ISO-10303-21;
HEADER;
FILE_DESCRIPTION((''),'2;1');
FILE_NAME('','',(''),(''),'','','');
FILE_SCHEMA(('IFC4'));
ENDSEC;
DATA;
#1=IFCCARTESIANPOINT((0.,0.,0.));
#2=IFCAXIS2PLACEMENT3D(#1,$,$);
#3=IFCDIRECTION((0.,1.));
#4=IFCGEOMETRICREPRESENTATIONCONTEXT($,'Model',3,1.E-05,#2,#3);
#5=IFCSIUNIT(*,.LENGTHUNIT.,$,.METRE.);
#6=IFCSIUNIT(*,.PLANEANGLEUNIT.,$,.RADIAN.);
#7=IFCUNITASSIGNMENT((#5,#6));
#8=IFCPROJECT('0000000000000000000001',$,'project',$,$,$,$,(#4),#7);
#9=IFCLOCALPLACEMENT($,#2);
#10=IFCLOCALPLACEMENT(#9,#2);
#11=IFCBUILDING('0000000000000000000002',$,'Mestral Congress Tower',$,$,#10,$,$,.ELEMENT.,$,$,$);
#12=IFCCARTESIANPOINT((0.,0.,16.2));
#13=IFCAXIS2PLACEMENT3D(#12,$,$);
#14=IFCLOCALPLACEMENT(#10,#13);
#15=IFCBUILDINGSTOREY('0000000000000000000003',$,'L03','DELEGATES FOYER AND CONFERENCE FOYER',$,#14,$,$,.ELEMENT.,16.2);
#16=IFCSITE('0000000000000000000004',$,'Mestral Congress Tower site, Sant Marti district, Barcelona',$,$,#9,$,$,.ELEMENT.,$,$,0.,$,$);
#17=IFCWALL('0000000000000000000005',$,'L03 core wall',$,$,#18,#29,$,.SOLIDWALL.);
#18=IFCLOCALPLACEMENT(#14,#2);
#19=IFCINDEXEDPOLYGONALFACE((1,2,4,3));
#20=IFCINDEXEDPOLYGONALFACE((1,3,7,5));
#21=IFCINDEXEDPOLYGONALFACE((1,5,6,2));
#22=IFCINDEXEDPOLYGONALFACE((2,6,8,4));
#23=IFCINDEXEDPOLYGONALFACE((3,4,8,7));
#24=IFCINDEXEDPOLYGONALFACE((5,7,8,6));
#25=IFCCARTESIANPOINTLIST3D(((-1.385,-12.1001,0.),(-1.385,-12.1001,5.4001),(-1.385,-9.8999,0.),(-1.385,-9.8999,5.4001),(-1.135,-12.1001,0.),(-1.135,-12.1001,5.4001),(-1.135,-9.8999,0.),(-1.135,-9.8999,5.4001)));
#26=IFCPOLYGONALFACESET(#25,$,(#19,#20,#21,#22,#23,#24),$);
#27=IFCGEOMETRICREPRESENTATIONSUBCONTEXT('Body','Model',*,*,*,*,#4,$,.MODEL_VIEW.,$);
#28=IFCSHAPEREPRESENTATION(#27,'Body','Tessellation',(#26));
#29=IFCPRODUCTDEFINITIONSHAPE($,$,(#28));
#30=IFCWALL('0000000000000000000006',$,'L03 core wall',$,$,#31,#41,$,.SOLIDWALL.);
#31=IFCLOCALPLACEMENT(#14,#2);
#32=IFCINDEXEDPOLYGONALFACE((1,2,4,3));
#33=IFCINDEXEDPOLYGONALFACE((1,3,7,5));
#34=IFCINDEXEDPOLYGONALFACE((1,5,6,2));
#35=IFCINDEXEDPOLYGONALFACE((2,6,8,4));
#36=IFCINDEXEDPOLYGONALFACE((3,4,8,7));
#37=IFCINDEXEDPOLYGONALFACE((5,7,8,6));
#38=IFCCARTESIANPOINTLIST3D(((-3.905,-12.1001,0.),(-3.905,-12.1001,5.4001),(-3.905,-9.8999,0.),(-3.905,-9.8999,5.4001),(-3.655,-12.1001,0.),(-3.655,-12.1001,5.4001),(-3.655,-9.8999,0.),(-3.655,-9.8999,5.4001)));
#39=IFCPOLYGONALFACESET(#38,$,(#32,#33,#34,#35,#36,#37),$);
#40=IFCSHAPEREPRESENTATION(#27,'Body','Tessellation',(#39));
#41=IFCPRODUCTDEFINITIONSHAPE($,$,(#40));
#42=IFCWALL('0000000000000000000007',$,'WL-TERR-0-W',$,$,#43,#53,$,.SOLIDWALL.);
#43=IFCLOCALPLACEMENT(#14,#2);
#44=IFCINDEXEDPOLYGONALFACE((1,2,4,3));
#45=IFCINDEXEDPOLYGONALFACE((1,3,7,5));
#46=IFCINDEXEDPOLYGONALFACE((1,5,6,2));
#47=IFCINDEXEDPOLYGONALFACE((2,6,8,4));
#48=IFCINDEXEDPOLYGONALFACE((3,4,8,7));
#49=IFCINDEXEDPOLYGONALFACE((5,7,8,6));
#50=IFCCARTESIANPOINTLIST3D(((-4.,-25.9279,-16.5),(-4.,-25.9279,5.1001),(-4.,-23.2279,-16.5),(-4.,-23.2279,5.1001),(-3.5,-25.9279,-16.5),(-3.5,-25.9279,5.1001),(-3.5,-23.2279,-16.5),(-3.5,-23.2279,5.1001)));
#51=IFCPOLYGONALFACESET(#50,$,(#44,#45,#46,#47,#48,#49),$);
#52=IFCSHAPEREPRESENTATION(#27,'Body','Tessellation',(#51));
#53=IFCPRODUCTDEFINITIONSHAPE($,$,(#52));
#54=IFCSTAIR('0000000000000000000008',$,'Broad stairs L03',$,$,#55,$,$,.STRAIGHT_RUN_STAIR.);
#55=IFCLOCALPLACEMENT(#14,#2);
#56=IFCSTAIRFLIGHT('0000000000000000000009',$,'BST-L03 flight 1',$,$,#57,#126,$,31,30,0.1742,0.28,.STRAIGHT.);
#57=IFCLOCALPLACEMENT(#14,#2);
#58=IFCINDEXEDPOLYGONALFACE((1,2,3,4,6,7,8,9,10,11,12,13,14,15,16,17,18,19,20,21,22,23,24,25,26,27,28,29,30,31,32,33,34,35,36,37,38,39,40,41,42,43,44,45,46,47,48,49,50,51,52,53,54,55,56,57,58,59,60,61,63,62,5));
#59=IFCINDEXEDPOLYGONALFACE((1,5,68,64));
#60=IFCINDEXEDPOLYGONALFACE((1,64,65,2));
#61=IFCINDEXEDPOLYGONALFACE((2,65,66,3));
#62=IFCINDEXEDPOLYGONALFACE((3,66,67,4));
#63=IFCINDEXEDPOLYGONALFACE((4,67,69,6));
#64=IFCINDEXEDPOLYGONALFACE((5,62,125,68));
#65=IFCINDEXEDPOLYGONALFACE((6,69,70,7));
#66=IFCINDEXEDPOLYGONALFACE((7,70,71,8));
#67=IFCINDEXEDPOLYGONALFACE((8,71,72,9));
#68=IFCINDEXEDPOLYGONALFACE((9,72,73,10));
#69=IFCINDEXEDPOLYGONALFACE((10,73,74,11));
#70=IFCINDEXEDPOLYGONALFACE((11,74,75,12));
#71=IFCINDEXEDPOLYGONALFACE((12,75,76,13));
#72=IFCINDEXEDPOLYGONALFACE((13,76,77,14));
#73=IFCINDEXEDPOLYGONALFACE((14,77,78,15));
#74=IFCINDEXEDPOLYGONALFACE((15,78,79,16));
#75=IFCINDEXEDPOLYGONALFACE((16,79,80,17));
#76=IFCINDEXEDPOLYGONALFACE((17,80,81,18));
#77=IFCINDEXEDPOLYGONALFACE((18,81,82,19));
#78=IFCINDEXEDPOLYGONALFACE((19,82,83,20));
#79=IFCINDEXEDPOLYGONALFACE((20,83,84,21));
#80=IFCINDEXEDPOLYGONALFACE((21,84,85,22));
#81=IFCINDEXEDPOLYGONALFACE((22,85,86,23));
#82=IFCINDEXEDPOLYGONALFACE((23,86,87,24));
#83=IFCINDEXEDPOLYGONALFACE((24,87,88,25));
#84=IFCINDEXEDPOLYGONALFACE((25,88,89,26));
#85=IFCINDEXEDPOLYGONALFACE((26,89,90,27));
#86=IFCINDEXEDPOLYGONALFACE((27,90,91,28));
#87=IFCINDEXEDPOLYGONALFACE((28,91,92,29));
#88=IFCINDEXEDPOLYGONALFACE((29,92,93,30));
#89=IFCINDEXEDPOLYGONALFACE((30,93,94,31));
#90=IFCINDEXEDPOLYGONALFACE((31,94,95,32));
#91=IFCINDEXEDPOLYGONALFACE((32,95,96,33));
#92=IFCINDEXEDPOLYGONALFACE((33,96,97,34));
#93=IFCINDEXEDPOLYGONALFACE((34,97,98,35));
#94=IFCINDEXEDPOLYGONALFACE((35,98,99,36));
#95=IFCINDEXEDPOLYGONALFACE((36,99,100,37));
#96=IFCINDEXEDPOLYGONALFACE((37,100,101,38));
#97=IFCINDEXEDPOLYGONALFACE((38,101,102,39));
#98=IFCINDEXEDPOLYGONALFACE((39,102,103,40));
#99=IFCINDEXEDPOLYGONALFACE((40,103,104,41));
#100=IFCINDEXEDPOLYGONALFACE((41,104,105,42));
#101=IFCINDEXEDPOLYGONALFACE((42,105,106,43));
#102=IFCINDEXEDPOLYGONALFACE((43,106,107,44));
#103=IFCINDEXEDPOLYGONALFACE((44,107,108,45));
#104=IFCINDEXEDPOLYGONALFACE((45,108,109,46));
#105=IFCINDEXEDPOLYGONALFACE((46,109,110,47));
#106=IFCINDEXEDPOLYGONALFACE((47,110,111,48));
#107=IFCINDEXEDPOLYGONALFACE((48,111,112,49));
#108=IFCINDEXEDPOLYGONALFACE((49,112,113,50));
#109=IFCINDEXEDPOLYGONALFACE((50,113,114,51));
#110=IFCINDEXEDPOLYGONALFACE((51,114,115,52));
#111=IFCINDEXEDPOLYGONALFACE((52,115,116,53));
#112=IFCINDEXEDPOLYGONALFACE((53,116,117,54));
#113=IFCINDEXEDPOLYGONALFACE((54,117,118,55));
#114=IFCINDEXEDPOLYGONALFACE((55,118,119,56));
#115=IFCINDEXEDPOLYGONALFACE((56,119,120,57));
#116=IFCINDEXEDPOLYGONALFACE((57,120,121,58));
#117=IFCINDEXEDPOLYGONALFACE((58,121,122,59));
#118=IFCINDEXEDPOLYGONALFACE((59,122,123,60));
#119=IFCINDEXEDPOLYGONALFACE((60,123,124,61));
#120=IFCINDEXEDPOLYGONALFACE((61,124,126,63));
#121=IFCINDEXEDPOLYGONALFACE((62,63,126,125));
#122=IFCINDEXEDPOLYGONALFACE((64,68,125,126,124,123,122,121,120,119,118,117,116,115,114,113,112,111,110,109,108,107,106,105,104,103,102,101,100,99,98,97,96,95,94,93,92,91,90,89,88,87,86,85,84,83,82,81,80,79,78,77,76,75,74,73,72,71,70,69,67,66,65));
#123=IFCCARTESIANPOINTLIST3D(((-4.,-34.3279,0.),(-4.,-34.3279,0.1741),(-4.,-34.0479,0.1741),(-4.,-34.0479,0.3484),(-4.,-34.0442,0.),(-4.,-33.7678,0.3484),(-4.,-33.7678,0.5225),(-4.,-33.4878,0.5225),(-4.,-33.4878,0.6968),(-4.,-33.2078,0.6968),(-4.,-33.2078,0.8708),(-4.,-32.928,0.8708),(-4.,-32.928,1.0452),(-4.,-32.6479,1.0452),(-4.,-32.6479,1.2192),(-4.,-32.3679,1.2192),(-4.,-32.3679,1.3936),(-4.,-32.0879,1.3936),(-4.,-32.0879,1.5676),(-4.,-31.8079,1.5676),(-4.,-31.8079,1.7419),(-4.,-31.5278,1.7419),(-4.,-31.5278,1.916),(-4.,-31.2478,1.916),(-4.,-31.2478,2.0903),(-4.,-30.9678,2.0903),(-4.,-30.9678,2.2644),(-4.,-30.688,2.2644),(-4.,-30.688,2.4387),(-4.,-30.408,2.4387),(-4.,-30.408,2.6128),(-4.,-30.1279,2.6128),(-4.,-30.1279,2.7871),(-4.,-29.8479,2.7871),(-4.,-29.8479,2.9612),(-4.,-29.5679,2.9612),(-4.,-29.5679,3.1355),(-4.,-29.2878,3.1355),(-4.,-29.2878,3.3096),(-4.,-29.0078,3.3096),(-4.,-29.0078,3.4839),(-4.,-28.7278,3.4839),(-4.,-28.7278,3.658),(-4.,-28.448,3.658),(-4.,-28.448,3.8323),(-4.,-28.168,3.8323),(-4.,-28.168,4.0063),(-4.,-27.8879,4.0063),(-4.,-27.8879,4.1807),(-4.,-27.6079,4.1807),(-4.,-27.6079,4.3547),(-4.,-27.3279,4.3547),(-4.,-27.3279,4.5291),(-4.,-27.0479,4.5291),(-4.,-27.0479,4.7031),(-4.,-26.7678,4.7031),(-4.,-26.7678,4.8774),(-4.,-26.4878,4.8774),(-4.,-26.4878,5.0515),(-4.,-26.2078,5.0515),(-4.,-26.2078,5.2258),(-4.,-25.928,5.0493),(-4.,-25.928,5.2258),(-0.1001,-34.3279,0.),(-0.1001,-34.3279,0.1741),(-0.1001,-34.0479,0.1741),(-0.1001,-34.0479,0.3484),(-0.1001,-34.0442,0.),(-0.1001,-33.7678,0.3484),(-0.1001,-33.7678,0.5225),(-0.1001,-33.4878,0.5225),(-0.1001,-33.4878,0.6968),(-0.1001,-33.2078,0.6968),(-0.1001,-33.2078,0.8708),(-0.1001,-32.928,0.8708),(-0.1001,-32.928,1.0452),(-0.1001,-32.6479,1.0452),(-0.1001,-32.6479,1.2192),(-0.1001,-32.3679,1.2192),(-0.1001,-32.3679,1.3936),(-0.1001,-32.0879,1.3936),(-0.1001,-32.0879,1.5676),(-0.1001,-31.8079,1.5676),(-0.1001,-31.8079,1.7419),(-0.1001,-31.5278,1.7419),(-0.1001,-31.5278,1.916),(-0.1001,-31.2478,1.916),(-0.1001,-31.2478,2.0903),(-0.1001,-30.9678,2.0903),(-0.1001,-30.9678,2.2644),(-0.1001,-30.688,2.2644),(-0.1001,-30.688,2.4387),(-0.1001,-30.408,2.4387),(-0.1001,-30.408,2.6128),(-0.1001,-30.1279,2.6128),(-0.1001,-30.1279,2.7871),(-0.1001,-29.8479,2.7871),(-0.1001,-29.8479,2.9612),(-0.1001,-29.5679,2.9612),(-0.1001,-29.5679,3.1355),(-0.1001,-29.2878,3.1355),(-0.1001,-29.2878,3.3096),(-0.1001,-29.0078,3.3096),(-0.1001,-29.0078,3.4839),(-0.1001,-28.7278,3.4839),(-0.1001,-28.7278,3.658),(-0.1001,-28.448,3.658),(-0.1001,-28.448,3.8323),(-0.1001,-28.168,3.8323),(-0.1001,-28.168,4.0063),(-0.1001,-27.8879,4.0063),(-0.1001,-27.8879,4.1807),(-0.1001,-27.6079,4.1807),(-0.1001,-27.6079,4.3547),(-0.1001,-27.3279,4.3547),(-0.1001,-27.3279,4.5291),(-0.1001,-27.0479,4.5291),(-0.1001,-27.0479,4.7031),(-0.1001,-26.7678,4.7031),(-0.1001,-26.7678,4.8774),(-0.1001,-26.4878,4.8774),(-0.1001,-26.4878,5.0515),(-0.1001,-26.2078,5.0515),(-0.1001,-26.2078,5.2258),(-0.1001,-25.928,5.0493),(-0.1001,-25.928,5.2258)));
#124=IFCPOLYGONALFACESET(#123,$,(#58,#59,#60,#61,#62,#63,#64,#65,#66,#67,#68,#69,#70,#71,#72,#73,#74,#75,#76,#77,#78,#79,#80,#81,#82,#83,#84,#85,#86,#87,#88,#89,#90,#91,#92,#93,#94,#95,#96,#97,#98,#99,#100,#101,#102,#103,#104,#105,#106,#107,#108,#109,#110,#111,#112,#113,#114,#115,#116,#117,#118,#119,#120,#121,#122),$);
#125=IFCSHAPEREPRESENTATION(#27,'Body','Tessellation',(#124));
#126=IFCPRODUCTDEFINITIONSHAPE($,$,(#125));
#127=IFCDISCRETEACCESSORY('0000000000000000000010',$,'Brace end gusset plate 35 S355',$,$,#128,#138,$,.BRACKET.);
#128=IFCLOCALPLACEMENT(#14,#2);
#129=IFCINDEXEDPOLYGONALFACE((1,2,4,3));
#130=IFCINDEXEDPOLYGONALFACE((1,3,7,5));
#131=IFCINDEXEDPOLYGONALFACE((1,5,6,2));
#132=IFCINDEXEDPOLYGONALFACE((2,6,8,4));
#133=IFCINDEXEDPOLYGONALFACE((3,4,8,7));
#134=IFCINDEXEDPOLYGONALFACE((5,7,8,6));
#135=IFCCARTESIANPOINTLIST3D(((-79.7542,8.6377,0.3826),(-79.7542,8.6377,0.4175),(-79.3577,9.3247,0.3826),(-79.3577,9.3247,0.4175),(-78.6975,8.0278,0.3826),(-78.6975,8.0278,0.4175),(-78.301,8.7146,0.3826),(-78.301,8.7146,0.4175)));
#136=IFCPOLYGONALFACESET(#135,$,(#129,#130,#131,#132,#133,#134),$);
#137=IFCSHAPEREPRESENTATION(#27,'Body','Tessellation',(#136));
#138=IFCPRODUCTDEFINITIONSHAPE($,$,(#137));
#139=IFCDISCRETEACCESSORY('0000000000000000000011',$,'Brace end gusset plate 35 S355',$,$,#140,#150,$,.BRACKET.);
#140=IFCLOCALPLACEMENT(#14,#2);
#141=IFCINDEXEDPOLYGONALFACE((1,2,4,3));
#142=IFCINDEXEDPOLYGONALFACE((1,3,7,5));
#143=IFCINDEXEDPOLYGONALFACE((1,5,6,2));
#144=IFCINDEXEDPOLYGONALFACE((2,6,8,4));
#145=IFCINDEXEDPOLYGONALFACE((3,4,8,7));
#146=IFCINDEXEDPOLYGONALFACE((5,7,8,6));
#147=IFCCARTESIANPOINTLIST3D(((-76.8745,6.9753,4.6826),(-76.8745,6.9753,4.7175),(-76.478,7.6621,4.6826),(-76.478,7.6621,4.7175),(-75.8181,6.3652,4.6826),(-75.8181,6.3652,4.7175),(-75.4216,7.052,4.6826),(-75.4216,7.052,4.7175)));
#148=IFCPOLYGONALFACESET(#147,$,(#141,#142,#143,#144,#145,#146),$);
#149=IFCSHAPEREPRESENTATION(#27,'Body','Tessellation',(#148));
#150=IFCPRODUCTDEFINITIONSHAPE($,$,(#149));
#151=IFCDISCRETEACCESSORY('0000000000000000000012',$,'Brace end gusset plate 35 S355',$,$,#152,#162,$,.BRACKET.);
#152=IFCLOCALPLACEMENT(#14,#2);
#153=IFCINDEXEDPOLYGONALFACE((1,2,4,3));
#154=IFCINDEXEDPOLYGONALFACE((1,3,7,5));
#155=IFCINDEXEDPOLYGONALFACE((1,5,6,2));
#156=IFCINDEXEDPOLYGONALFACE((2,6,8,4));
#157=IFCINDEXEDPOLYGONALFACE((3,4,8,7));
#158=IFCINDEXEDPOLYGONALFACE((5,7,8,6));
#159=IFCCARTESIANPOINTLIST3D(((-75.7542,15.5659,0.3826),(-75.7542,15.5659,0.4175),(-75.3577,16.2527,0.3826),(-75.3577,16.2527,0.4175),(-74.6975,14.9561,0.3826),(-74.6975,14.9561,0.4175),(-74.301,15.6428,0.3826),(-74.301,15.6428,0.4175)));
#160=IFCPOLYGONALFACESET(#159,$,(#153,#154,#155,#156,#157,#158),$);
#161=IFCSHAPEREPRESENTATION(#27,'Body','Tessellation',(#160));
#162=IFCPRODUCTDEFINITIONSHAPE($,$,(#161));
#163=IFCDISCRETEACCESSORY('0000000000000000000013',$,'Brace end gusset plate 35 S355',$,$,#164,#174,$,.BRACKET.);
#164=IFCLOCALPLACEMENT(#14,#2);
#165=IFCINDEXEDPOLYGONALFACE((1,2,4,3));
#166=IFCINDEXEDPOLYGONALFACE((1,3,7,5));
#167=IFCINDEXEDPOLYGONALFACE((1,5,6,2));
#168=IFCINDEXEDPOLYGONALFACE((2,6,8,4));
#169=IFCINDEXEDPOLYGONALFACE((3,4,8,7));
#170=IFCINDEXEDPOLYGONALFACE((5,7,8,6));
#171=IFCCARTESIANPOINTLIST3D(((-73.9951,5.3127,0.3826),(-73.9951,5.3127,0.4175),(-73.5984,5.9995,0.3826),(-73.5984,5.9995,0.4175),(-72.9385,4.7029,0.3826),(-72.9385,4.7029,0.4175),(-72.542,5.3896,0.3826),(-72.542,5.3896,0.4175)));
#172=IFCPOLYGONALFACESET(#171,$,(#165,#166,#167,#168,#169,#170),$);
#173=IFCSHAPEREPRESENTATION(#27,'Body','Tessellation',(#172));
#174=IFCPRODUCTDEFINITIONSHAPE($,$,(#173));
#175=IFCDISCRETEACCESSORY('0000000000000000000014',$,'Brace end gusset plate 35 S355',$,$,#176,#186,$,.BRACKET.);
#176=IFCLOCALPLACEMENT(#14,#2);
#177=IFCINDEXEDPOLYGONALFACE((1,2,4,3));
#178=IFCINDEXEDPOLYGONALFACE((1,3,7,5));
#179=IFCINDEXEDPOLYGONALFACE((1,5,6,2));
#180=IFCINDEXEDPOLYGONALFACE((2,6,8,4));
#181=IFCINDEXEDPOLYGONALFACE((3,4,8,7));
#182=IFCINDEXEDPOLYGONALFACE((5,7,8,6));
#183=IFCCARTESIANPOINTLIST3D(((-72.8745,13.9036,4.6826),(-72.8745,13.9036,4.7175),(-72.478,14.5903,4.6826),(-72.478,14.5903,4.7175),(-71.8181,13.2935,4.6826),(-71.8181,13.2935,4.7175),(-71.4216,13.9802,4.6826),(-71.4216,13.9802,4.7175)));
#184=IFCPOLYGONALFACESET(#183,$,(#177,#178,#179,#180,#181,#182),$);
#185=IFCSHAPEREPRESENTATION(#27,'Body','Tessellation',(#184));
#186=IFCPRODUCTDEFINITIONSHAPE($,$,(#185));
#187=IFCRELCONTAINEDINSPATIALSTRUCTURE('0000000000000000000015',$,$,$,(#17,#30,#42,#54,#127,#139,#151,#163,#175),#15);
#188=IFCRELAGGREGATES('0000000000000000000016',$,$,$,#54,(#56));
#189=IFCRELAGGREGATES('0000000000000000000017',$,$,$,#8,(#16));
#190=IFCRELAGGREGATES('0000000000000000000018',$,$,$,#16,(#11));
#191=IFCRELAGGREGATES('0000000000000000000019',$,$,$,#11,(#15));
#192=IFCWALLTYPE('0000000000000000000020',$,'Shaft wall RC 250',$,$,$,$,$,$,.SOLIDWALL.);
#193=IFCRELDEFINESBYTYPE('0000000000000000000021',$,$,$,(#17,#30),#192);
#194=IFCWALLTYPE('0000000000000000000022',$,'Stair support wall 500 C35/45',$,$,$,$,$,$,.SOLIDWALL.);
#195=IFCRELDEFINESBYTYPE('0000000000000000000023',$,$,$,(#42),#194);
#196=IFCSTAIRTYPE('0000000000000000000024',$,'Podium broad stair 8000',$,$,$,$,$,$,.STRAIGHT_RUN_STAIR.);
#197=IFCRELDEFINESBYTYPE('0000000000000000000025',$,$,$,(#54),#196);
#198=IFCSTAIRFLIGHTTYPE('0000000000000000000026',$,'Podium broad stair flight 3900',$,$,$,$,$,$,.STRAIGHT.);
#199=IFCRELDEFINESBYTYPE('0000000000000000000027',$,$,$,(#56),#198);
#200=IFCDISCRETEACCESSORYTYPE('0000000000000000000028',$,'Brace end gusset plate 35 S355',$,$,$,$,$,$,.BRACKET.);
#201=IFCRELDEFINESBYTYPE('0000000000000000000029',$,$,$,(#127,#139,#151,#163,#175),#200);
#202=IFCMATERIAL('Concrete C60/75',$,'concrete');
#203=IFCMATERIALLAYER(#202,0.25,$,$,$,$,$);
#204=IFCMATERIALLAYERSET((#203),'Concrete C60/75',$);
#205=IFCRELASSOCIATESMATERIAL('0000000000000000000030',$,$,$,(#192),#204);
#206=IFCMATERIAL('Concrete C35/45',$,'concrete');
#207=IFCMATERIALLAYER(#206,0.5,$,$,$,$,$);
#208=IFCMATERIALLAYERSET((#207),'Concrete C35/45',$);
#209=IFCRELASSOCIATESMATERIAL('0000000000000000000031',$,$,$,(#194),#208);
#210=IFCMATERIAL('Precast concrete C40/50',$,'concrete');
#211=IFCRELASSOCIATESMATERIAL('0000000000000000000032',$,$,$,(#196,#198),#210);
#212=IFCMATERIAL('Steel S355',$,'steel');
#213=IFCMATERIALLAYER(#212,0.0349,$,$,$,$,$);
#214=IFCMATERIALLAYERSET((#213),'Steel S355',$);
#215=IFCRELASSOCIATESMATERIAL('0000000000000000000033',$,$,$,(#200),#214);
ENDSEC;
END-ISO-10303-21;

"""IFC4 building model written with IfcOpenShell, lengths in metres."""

from ifc_helpers import new_model, si_unit, direction, frame, frame_2d, origin, place, context, subcontext, project, spatial, polyline, rectangle, outline, extrude, material, layer, layer_set, type_object, element, aggregate, save


model = new_model("IFC4")

# Units and contexts
model_context = context("Model", 3, precision=1e-05, world=origin(), true_north=direction((0.0, 1.0)))
body_context = subcontext(model_context, "Body", "Model", "MODEL_VIEW")
ifc_project = project(units=[si_unit("LENGTHUNIT", "METRE"), si_unit("PLANEANGLEUNIT", "RADIAN")], contexts=[model_context])

# Site, building, storey
site_placement = place(None, origin())
site = spatial("IfcSite", under=ifc_project, at=site_placement, Name="Mestral Congress Tower site, Sant Marti district, Barcelona", CompositionType="ELEMENT", RefElevation=0.0)
building_placement = place(site_placement, origin())
building = spatial("IfcBuilding", under=site, at=building_placement, Name="Mestral Congress Tower", CompositionType="ELEMENT")
storey_placement = place(building_placement, frame((0.0, 0.0, 16.2)))
storey = spatial("IfcBuildingStorey", under=building, at=storey_placement, Name="L03", Description="DELEGATES FOYER AND CONFERENCE FOYER", CompositionType="ELEMENT", Elevation=16.2)

# Shared definitions
ifc_material_1 = material(Name="Steel S355", Category="steel")

# Shared definitions
ifc_material_2 = material(Name="Concrete C35/45", Category="concrete")

# Walls
ifc_material_3 = material(Name="Concrete C60/75", Category="concrete")
ifc_layer_1 = layer(ifc_material_3, 0.25)
ifc_layer_set_1 = layer_set([ifc_layer_1], Name="Concrete C60/75")
wall_type_1 = type_object("IfcWallType", Name="Shaft wall RC 250", PredefinedType="SOLIDWALL", material=ifc_layer_set_1)
for number, where, z_axis, x_axis, name in (
    (1, (-1.26, -9.8999, 0.0), (0.0, 0.0, 1.0), (0.0, -1.0, 0.0), "L03 core wall"),
    (2, (-3.78, -9.8999, 0.0), (0.0, 0.0, 1.0), (0.0, -1.0, 0.0), "L03 core wall"),
):
    element("IfcWall", number, at=place(storey_placement, frame(where, z_axis=z_axis, x_axis=x_axis)), inside=storey, type_object=wall_type_1, Name=name, PredefinedType="SOLIDWALL", context=body_context, shape_type="SweptSolid", body=[
        extrude(rectangle(XDim=2.2002, YDim=0.25, at=frame_2d((1.1001, 0.0))), origin(), (0.0, 0.0, 1.0), 5.4001),
    ])
ifc_layer_2 = layer(ifc_material_2, 0.5)
ifc_layer_set_2 = layer_set([ifc_layer_2], Name="Concrete C35/45")
wall_type_2 = type_object("IfcWallType", Name="Stair support wall 500 C35/45", PredefinedType="SOLIDWALL", material=ifc_layer_set_2)
wall_1_placement = place(storey_placement, frame((-3.75, -25.928, -16.5), z_axis=(0.0, 0.0, 1.0), x_axis=(0.0, 1.0, 0.0)))
element("IfcWall", 3, at=wall_1_placement, inside=storey, type_object=wall_type_2, Name="WL-TERR-0-W", PredefinedType="SOLIDWALL", context=body_context, shape_type="SweptSolid", body=[
    extrude(rectangle(XDim=2.7, YDim=0.5, at=frame_2d((1.3501, 0.0))), origin(), (0.0, 0.0, 1.0), 21.6001),
])

# Stair, stair flight
ifc_material_4 = material(Name="Precast concrete C40/50", Category="concrete")
stair_type = type_object("IfcStairType", Name="Podium broad stair 8000", PredefinedType="STRAIGHT_RUN_STAIR", material=ifc_material_4)
stair_placement = place(storey_placement, origin())
stair = element("IfcStair", 4, at=stair_placement, inside=storey, type_object=stair_type, Name="Broad stairs L03", PredefinedType="STRAIGHT_RUN_STAIR")
stair_flight_type = type_object("IfcStairFlightType", Name="Podium broad stair flight 3900", PredefinedType="STRAIGHT", material=ifc_material_4)
stair_flight_placement = place(storey_placement, frame((-2.05, -34.3279, 0.0), z_axis=(0.0, 0.0, 1.0), x_axis=(0.0, 1.0, 0.0)))
stair_flight = element("IfcStairFlight", 5, at=stair_flight_placement, type_object=stair_flight_type, Name="BST-L03 flight 1", NumberOfRisers=31, NumberOfTreads=30, PredefinedType="STRAIGHT", RiserHeight=0.1742, TreadLength=0.28, context=body_context, shape_type="SweptSolid", body=[
    extrude(outline(polyline([(0.0, 0.0), (0.0, 0.1741), (0.28, 0.1741), (0.28, 0.3484), (0.5601, 0.3484), (0.5601, 0.5225), (0.8401, 0.5225), (0.8401, 0.6968), (1.1201, 0.6968), (1.1201, 0.8708), (1.3999, 0.8708), (1.3999, 1.0452), (1.6799, 1.0452), (1.6799, 1.2192), (1.96, 1.2192), (1.96, 1.3936), (2.24, 1.3936), (2.24, 1.5676), (2.52, 1.5676), (2.52, 1.7419), (2.8, 1.7419), (2.8, 1.916), (3.0801, 1.916), (3.0801, 2.0903), (3.3601, 2.0903), (3.3601, 2.2644), (3.6399, 2.2644), (3.6399, 2.4387), (3.9199, 2.4387), (3.9199, 2.6128), (4.2, 2.6128), (4.2, 2.7871), (4.48, 2.7871), (4.48, 2.9612), (4.76, 2.9612), (4.76, 3.1355), (5.04, 3.1355), (5.04, 3.3096), (5.3201, 3.3096), (5.3201, 3.4839), (5.6001, 3.4839), (5.6001, 3.658), (5.8799, 3.658), (5.8799, 3.8323), (6.1599, 3.8323), (6.1599, 4.0063), (6.4399, 4.0063), (6.4399, 4.1807), (6.72, 4.1807), (6.72, 4.3547), (7.0, 4.3547), (7.0, 4.5291), (7.28, 4.5291), (7.28, 4.7031), (7.5601, 4.7031), (7.5601, 4.8774), (7.8401, 4.8774), (7.8401, 5.0515), (8.1201, 5.0515), (8.1201, 5.2258), (8.3999, 5.2258), (8.3999, 5.3999), (8.3999, 5.0493), (0.2837, 0.0), (0.0, 0.0)])), frame((0.0, 1.95, 0.0), z_axis=(0.0, -1.0, 0.0), x_axis=(1.0, 0.0, 0.0)), (0.0, 0.0, 1.0), 3.8999),
])
aggregate(stair, [stair_flight])

# Discrete accessories
ifc_layer_3 = layer(ifc_material_1, 0.0349)
ifc_layer_set_3 = layer_set([ifc_layer_3], Name="Steel S355")
discrete_accessory_type = type_object("IfcDiscreteAccessoryType", Name="Brace end gusset plate 35 S355", PredefinedType="BRACKET", material=ifc_layer_set_3)
placement_1 = place(storey_placement, frame((0.0, 0.0, 0.3826)))
element("IfcDiscreteAccessory", 6, at=placement_1, inside=storey, type_object=discrete_accessory_type, Name="Brace end gusset plate 35 S355", PredefinedType="BRACKET", context=body_context, shape_type="SweptSolid", body=[
    extrude(outline(polyline([(-79.7542, 8.6377), (-78.6975, 8.0278), (-78.301, 8.7146), (-79.3577, 9.3247), (-79.7542, 8.6377)])), origin(), (0.0, 0.0, 1.0), 0.0349),
])
placement_2 = place(storey_placement, frame((0.0, 0.0, 4.6826)))
element("IfcDiscreteAccessory", 7, at=placement_2, inside=storey, type_object=discrete_accessory_type, Name="Brace end gusset plate 35 S355", PredefinedType="BRACKET", context=body_context, shape_type="SweptSolid", body=[
    extrude(outline(polyline([(-76.8745, 6.9753), (-75.8181, 6.3652), (-75.4216, 7.052), (-76.478, 7.6621), (-76.8745, 6.9753)])), origin(), (0.0, 0.0, 1.0), 0.0349),
])
element("IfcDiscreteAccessory", 8, at=placement_1, inside=storey, type_object=discrete_accessory_type, Name="Brace end gusset plate 35 S355", PredefinedType="BRACKET", context=body_context, shape_type="SweptSolid", body=[
    extrude(outline(polyline([(-75.7542, 15.5659), (-74.6975, 14.9561), (-74.301, 15.6428), (-75.3577, 16.2527), (-75.7542, 15.5659)])), origin(), (0.0, 0.0, 1.0), 0.0349),
])
element("IfcDiscreteAccessory", 9, at=placement_1, inside=storey, type_object=discrete_accessory_type, Name="Brace end gusset plate 35 S355", PredefinedType="BRACKET", context=body_context, shape_type="SweptSolid", body=[
    extrude(outline(polyline([(-73.9951, 5.3127), (-72.9385, 4.7029), (-72.542, 5.3896), (-73.5984, 5.9995), (-73.9951, 5.3127)])), origin(), (0.0, 0.0, 1.0), 0.0349),
])
element("IfcDiscreteAccessory", 10, at=placement_2, inside=storey, type_object=discrete_accessory_type, Name="Brace end gusset plate 35 S355", PredefinedType="BRACKET", context=body_context, shape_type="SweptSolid", body=[
    extrude(outline(polyline([(-72.8745, 13.9036), (-71.8181, 13.2935), (-71.4216, 13.9802), (-72.478, 14.5903), (-72.8745, 13.9036)])), origin(), (0.0, 0.0, 1.0), 0.0349),
])

save(model, "model.ifc")
